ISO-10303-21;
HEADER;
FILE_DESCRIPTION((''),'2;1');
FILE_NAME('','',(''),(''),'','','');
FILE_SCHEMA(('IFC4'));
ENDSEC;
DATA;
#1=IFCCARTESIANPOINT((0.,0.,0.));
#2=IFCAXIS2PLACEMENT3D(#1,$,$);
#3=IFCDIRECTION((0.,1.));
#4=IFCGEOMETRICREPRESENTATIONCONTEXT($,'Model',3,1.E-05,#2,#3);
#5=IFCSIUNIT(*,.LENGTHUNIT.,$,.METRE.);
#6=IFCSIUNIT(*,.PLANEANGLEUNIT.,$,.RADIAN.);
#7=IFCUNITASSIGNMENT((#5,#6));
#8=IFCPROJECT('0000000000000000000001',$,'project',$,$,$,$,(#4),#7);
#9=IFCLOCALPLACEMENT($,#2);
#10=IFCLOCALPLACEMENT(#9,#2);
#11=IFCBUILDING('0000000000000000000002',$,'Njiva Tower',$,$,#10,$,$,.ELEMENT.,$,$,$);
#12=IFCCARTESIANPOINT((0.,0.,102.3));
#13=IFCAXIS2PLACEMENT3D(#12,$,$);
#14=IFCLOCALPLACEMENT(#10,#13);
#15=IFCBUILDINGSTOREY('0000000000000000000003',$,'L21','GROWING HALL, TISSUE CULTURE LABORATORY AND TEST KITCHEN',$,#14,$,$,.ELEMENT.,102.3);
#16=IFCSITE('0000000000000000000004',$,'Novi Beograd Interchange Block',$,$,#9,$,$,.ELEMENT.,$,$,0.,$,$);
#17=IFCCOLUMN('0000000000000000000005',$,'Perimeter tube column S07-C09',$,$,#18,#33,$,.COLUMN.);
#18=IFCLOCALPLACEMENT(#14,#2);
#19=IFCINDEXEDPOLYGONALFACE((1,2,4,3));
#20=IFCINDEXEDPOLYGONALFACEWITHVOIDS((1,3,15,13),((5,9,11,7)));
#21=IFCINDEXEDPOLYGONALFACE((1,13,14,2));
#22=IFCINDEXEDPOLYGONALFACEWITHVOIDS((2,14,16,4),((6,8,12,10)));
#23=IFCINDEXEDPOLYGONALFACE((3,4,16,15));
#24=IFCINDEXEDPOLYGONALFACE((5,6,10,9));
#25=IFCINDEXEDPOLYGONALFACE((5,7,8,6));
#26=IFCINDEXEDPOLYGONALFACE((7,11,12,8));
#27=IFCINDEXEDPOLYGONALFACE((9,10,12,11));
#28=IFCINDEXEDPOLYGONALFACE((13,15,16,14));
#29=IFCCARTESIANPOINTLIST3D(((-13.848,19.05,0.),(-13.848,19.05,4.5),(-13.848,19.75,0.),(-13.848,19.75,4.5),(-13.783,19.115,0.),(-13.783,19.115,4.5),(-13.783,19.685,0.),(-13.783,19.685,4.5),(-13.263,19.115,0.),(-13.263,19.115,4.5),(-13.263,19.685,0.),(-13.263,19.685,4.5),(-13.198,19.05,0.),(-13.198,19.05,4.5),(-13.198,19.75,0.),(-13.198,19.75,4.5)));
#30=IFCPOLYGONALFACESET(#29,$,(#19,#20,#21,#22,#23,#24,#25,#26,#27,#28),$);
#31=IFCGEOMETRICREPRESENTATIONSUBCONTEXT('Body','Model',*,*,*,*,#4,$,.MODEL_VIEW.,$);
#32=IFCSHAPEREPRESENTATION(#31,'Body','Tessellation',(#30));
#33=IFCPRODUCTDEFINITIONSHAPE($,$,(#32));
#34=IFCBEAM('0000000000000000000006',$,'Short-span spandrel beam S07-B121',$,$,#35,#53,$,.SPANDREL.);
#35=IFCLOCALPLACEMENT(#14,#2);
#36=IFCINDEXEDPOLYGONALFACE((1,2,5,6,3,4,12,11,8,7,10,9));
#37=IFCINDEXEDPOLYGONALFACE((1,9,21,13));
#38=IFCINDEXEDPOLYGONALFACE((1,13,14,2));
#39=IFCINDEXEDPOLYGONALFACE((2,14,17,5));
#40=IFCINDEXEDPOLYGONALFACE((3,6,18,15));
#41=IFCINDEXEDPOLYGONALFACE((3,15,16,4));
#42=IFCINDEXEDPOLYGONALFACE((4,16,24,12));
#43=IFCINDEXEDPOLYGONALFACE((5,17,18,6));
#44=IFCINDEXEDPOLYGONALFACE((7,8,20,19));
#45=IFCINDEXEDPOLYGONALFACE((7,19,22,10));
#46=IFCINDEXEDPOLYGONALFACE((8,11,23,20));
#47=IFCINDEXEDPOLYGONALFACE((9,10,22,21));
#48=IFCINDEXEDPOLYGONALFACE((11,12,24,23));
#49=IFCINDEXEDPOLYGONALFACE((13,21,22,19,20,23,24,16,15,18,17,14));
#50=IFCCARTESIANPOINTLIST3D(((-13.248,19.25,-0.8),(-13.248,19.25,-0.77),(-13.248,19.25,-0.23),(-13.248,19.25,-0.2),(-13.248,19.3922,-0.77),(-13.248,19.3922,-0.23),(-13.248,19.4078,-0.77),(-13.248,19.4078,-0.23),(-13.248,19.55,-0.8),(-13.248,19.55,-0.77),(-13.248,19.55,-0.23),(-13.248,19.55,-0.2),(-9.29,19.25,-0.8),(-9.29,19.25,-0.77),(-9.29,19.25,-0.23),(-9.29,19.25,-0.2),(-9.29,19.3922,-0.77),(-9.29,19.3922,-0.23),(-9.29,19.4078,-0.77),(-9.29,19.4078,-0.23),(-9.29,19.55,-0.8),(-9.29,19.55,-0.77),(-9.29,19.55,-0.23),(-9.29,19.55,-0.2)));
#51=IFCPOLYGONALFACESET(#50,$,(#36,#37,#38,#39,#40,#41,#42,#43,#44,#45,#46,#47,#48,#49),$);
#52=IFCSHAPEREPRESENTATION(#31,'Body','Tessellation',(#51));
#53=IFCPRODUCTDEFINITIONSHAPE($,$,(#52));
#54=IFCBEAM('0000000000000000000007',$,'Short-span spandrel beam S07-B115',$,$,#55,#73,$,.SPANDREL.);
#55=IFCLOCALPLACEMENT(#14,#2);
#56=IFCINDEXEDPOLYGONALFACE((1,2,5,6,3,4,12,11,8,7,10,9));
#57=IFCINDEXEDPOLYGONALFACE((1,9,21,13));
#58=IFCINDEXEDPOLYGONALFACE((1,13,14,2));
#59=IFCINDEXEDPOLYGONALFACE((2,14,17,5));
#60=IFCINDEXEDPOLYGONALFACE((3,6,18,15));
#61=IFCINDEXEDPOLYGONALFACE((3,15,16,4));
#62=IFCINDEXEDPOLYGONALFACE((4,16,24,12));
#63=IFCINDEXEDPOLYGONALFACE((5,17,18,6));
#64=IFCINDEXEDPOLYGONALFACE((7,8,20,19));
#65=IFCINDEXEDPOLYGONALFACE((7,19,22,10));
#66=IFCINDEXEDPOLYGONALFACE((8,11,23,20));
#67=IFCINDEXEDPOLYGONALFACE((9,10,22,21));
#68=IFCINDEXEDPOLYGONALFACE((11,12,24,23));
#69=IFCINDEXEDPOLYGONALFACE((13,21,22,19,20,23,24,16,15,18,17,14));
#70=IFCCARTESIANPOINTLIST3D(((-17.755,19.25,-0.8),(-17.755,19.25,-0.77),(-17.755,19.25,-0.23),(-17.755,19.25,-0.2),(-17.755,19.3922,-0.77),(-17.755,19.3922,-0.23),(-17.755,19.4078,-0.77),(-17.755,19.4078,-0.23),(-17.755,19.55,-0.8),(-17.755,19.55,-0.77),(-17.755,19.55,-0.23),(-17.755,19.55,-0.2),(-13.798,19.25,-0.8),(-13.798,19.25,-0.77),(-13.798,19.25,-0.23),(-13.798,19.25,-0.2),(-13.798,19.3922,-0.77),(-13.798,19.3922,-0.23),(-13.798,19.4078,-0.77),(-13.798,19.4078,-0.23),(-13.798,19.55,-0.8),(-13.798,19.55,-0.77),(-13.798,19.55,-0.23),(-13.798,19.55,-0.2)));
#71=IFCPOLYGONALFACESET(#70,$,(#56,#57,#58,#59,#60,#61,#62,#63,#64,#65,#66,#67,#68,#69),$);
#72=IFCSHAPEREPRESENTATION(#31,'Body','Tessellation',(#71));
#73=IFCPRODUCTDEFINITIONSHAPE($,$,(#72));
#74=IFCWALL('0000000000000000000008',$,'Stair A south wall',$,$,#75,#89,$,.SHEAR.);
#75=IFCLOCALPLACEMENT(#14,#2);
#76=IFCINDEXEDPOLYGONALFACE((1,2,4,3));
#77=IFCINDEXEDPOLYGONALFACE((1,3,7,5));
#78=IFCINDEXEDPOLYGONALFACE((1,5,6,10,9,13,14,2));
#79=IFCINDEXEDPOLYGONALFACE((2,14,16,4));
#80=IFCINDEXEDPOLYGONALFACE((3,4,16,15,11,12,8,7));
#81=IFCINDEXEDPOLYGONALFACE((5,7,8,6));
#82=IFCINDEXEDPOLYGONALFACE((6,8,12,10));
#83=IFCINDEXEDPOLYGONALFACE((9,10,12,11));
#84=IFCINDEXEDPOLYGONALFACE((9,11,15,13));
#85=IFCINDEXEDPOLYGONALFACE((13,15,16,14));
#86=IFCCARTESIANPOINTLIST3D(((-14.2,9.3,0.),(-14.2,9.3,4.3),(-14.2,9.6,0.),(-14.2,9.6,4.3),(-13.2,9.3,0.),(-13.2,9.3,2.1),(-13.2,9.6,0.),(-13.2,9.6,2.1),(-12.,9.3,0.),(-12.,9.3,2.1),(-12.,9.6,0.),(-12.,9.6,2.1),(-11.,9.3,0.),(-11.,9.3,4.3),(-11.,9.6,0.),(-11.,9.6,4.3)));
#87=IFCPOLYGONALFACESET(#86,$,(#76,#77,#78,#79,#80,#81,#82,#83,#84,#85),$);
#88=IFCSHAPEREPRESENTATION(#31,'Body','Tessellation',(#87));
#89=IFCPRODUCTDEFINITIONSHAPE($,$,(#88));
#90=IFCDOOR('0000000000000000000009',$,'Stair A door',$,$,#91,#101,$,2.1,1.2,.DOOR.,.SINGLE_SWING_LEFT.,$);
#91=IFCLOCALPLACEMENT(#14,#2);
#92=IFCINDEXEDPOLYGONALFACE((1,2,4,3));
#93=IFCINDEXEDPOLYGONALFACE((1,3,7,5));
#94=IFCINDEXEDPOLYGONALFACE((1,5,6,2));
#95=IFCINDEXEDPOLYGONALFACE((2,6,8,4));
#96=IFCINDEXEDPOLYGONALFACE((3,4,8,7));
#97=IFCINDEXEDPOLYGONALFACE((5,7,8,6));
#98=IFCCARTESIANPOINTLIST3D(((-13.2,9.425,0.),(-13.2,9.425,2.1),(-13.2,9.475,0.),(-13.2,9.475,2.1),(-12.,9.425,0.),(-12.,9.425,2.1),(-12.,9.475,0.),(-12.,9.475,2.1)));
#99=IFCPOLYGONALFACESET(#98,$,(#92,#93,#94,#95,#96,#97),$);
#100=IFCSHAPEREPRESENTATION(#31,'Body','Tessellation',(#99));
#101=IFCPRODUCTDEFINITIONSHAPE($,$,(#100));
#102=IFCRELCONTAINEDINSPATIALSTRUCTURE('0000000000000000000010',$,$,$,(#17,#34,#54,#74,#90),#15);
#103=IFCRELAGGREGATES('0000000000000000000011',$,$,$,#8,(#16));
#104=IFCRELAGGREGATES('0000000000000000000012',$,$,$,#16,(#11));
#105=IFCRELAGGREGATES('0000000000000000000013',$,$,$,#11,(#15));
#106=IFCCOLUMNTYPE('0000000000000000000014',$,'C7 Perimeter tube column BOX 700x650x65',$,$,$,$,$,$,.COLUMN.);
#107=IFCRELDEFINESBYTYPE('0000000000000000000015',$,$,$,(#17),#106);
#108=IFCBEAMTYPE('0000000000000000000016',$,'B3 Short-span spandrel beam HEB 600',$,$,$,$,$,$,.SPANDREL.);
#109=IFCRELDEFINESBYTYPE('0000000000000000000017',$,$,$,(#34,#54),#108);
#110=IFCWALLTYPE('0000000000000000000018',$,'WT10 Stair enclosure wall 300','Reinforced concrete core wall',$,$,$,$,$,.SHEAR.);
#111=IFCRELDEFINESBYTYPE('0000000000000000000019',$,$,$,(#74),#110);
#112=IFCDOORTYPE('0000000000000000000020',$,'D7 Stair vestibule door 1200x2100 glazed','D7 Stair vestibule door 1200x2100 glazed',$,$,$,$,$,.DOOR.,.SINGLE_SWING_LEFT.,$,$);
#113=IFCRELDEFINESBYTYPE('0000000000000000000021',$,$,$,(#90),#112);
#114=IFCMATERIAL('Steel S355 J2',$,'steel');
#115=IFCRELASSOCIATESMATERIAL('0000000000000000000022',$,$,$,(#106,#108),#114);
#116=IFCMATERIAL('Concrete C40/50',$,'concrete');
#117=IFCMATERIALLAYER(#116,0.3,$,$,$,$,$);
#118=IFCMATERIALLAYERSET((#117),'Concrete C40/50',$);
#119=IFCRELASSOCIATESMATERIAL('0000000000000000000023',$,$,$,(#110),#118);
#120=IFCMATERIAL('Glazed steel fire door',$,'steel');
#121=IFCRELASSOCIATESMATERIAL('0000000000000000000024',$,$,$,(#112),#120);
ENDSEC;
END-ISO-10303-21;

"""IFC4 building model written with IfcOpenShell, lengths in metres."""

from ifc_helpers import new_model, si_unit, direction, frame, frame_2d, origin, origin_2d, place, context, subcontext, project, spatial, rectangle, hollow_rectangle, i_section, extrude, material, layer, layer_set, material_profile, profile_set, type_object, element, fill, save


model = new_model("IFC4")

# Units and contexts
model_context = context("Model", 3, precision=1e-05, world=origin(), true_north=direction((0.0, 1.0)))
body_context = subcontext(model_context, "Body", "Model", "MODEL_VIEW")
ifc_project = project(units=[si_unit("LENGTHUNIT", "METRE"), si_unit("PLANEANGLEUNIT", "RADIAN")], contexts=[model_context])

# Site, building, storey
site_placement = place(None, origin())
site = spatial("IfcSite", under=ifc_project, at=site_placement, Name="Novi Beograd Interchange Block", CompositionType="ELEMENT", RefElevation=0.0)
building_placement = place(site_placement, origin())
building = spatial("IfcBuilding", under=site, at=building_placement, Name="Njiva Tower", CompositionType="ELEMENT")
storey_placement = place(building_placement, frame((0.0, 0.0, 102.3)))
storey = spatial("IfcBuildingStorey", under=building, at=storey_placement, Name="L21", Description="GROWING HALL, TISSUE CULTURE LABORATORY AND TEST KITCHEN", CompositionType="ELEMENT", Elevation=102.3)

# Column
ifc_material_1 = material(Name="Steel S355 J2", Category="steel")
ifc_material_profile_1 = material_profile(ifc_material_1, hollow_rectangle(XDim=0.65, YDim=0.7, WallThickness=0.065, at=origin_2d()), Name="BOX 700x650x65")
ifc_profile_set_1 = profile_set([ifc_material_profile_1], Name="Steel S355 J2")
column_type = type_object("IfcColumnType", Name="C7 Perimeter tube column BOX 700x650x65", PredefinedType="COLUMN", material=ifc_profile_set_1)
column_placement = place(storey_placement, frame((-13.523, 19.4, 0.0), z_axis=(0.0, 0.0, 1.0), x_axis=(-1.0, 0.0, 0.0)))
element("IfcColumn", 1, at=column_placement, inside=storey, type_object=column_type, Name="Perimeter tube column S07-C09", PredefinedType="COLUMN", context=body_context, shape_type="SweptSolid", body=[
    extrude(hollow_rectangle(XDim=0.65, YDim=0.7, WallThickness=0.065, at=origin_2d()), origin(), (0.0, 0.0, 1.0), 4.5),
])

# Beams
ifc_material_profile_2 = material_profile(ifc_material_1, i_section(OverallWidth=0.3, OverallDepth=0.6, WebThickness=0.0155, FlangeThickness=0.03, at=origin_2d()), Name="HEB 600")
ifc_profile_set_2 = profile_set([ifc_material_profile_2], Name="Steel S355 J2")
beam_type = type_object("IfcBeamType", Name="B3 Short-span spandrel beam HEB 600", PredefinedType="SPANDREL", material=ifc_profile_set_2)
beam_1_placement = place(storey_placement, frame((-9.29, 19.4, -0.5), z_axis=(-1.0, 0.0, 0.0), x_axis=(0.0, -1.0, 0.0)))
element("IfcBeam", 2, at=beam_1_placement, inside=storey, type_object=beam_type, Name="Short-span spandrel beam S07-B121", PredefinedType="SPANDREL", context=body_context, shape_type="SweptSolid", body=[
    extrude(i_section(OverallWidth=0.3, OverallDepth=0.6, WebThickness=0.0155, FlangeThickness=0.03, at=origin_2d()), origin(), (0.0, 0.0, 1.0), 3.958),
])
beam_2_placement = place(storey_placement, frame((-13.798, 19.4, -0.5), z_axis=(-1.0, 0.0, 0.0), x_axis=(0.0, -1.0, 0.0)))
element("IfcBeam", 3, at=beam_2_placement, inside=storey, type_object=beam_type, Name="Short-span spandrel beam S07-B115", PredefinedType="SPANDREL", context=body_context, shape_type="SweptSolid", body=[
    extrude(i_section(OverallWidth=0.3, OverallDepth=0.6, WebThickness=0.0155, FlangeThickness=0.03, at=origin_2d()), origin(), (0.0, 0.0, 1.0), 3.957),
])

# Wall, opening, door
ifc_material_2 = material(Name="Concrete C40/50", Category="concrete")
ifc_layer_1 = layer(ifc_material_2, 0.3)
ifc_layer_set_1 = layer_set([ifc_layer_1], Name="Concrete C40/50")
wall_type_1 = type_object("IfcWallType", Name="WT10 Stair enclosure wall 300", Description="Reinforced concrete core wall", PredefinedType="SHEAR", material=ifc_layer_set_1)
wall_1_placement = place(storey_placement, frame((-14.2, 9.45, 0.0), z_axis=(0.0, 0.0, 1.0), x_axis=(1.0, 0.0, 0.0)))
wall_1 = element("IfcWall", 4, at=wall_1_placement, inside=storey, type_object=wall_type_1, Name="Stair A south wall", PredefinedType="SHEAR", context=body_context, shape_type="SweptSolid", body=[
    extrude(rectangle(XDim=3.2, YDim=0.3, at=frame_2d((1.6, 0.0))), origin(), (0.0, 0.0, 1.0), 4.3),
])
opening_1_placement = place(wall_1_placement, frame((1.0, 0.0, 0.0)))
opening_1 = element("IfcOpeningElement", 5, at=opening_1_placement, cuts=wall_1, PredefinedType="OPENING", context=body_context, shape_type="SweptSolid", body=[
    extrude(rectangle(XDim=1.2, YDim=2.1, at=frame_2d((0.6, 1.05))), frame((0.0, 0.16, 0.0), z_axis=(0.0, -1.0, 0.0), x_axis=(1.0, 0.0, 0.0)), (0.0, 0.0, 1.0), 0.32),
])
ifc_material_3 = material(Name="Glazed steel fire door", Category="steel")
door_type_1 = type_object("IfcDoorType", Name="D7 Stair vestibule door 1200x2100 glazed", Description="D7 Stair vestibule door 1200x2100 glazed", OperationType="SINGLE_SWING_LEFT", PredefinedType="DOOR", material=ifc_material_3)
door_1_placement = place(opening_1_placement, origin())
door_1 = element("IfcDoor", 6, at=door_1_placement, inside=storey, type_object=door_type_1, Name="Stair A door", OperationType="SINGLE_SWING_LEFT", OverallHeight=2.1, OverallWidth=1.2, PredefinedType="DOOR", context=body_context, shape_type="SweptSolid", body=[
    extrude(rectangle(XDim=1.2, YDim=2.1, at=frame_2d((0.6, 1.05))), frame((0.0, 0.025, 0.0), z_axis=(0.0, -1.0, 0.0), x_axis=(1.0, 0.0, 0.0)), (0.0, 0.0, 1.0), 0.05),
])
fill(opening_1, door_1)

save(model, "model.ifc")
